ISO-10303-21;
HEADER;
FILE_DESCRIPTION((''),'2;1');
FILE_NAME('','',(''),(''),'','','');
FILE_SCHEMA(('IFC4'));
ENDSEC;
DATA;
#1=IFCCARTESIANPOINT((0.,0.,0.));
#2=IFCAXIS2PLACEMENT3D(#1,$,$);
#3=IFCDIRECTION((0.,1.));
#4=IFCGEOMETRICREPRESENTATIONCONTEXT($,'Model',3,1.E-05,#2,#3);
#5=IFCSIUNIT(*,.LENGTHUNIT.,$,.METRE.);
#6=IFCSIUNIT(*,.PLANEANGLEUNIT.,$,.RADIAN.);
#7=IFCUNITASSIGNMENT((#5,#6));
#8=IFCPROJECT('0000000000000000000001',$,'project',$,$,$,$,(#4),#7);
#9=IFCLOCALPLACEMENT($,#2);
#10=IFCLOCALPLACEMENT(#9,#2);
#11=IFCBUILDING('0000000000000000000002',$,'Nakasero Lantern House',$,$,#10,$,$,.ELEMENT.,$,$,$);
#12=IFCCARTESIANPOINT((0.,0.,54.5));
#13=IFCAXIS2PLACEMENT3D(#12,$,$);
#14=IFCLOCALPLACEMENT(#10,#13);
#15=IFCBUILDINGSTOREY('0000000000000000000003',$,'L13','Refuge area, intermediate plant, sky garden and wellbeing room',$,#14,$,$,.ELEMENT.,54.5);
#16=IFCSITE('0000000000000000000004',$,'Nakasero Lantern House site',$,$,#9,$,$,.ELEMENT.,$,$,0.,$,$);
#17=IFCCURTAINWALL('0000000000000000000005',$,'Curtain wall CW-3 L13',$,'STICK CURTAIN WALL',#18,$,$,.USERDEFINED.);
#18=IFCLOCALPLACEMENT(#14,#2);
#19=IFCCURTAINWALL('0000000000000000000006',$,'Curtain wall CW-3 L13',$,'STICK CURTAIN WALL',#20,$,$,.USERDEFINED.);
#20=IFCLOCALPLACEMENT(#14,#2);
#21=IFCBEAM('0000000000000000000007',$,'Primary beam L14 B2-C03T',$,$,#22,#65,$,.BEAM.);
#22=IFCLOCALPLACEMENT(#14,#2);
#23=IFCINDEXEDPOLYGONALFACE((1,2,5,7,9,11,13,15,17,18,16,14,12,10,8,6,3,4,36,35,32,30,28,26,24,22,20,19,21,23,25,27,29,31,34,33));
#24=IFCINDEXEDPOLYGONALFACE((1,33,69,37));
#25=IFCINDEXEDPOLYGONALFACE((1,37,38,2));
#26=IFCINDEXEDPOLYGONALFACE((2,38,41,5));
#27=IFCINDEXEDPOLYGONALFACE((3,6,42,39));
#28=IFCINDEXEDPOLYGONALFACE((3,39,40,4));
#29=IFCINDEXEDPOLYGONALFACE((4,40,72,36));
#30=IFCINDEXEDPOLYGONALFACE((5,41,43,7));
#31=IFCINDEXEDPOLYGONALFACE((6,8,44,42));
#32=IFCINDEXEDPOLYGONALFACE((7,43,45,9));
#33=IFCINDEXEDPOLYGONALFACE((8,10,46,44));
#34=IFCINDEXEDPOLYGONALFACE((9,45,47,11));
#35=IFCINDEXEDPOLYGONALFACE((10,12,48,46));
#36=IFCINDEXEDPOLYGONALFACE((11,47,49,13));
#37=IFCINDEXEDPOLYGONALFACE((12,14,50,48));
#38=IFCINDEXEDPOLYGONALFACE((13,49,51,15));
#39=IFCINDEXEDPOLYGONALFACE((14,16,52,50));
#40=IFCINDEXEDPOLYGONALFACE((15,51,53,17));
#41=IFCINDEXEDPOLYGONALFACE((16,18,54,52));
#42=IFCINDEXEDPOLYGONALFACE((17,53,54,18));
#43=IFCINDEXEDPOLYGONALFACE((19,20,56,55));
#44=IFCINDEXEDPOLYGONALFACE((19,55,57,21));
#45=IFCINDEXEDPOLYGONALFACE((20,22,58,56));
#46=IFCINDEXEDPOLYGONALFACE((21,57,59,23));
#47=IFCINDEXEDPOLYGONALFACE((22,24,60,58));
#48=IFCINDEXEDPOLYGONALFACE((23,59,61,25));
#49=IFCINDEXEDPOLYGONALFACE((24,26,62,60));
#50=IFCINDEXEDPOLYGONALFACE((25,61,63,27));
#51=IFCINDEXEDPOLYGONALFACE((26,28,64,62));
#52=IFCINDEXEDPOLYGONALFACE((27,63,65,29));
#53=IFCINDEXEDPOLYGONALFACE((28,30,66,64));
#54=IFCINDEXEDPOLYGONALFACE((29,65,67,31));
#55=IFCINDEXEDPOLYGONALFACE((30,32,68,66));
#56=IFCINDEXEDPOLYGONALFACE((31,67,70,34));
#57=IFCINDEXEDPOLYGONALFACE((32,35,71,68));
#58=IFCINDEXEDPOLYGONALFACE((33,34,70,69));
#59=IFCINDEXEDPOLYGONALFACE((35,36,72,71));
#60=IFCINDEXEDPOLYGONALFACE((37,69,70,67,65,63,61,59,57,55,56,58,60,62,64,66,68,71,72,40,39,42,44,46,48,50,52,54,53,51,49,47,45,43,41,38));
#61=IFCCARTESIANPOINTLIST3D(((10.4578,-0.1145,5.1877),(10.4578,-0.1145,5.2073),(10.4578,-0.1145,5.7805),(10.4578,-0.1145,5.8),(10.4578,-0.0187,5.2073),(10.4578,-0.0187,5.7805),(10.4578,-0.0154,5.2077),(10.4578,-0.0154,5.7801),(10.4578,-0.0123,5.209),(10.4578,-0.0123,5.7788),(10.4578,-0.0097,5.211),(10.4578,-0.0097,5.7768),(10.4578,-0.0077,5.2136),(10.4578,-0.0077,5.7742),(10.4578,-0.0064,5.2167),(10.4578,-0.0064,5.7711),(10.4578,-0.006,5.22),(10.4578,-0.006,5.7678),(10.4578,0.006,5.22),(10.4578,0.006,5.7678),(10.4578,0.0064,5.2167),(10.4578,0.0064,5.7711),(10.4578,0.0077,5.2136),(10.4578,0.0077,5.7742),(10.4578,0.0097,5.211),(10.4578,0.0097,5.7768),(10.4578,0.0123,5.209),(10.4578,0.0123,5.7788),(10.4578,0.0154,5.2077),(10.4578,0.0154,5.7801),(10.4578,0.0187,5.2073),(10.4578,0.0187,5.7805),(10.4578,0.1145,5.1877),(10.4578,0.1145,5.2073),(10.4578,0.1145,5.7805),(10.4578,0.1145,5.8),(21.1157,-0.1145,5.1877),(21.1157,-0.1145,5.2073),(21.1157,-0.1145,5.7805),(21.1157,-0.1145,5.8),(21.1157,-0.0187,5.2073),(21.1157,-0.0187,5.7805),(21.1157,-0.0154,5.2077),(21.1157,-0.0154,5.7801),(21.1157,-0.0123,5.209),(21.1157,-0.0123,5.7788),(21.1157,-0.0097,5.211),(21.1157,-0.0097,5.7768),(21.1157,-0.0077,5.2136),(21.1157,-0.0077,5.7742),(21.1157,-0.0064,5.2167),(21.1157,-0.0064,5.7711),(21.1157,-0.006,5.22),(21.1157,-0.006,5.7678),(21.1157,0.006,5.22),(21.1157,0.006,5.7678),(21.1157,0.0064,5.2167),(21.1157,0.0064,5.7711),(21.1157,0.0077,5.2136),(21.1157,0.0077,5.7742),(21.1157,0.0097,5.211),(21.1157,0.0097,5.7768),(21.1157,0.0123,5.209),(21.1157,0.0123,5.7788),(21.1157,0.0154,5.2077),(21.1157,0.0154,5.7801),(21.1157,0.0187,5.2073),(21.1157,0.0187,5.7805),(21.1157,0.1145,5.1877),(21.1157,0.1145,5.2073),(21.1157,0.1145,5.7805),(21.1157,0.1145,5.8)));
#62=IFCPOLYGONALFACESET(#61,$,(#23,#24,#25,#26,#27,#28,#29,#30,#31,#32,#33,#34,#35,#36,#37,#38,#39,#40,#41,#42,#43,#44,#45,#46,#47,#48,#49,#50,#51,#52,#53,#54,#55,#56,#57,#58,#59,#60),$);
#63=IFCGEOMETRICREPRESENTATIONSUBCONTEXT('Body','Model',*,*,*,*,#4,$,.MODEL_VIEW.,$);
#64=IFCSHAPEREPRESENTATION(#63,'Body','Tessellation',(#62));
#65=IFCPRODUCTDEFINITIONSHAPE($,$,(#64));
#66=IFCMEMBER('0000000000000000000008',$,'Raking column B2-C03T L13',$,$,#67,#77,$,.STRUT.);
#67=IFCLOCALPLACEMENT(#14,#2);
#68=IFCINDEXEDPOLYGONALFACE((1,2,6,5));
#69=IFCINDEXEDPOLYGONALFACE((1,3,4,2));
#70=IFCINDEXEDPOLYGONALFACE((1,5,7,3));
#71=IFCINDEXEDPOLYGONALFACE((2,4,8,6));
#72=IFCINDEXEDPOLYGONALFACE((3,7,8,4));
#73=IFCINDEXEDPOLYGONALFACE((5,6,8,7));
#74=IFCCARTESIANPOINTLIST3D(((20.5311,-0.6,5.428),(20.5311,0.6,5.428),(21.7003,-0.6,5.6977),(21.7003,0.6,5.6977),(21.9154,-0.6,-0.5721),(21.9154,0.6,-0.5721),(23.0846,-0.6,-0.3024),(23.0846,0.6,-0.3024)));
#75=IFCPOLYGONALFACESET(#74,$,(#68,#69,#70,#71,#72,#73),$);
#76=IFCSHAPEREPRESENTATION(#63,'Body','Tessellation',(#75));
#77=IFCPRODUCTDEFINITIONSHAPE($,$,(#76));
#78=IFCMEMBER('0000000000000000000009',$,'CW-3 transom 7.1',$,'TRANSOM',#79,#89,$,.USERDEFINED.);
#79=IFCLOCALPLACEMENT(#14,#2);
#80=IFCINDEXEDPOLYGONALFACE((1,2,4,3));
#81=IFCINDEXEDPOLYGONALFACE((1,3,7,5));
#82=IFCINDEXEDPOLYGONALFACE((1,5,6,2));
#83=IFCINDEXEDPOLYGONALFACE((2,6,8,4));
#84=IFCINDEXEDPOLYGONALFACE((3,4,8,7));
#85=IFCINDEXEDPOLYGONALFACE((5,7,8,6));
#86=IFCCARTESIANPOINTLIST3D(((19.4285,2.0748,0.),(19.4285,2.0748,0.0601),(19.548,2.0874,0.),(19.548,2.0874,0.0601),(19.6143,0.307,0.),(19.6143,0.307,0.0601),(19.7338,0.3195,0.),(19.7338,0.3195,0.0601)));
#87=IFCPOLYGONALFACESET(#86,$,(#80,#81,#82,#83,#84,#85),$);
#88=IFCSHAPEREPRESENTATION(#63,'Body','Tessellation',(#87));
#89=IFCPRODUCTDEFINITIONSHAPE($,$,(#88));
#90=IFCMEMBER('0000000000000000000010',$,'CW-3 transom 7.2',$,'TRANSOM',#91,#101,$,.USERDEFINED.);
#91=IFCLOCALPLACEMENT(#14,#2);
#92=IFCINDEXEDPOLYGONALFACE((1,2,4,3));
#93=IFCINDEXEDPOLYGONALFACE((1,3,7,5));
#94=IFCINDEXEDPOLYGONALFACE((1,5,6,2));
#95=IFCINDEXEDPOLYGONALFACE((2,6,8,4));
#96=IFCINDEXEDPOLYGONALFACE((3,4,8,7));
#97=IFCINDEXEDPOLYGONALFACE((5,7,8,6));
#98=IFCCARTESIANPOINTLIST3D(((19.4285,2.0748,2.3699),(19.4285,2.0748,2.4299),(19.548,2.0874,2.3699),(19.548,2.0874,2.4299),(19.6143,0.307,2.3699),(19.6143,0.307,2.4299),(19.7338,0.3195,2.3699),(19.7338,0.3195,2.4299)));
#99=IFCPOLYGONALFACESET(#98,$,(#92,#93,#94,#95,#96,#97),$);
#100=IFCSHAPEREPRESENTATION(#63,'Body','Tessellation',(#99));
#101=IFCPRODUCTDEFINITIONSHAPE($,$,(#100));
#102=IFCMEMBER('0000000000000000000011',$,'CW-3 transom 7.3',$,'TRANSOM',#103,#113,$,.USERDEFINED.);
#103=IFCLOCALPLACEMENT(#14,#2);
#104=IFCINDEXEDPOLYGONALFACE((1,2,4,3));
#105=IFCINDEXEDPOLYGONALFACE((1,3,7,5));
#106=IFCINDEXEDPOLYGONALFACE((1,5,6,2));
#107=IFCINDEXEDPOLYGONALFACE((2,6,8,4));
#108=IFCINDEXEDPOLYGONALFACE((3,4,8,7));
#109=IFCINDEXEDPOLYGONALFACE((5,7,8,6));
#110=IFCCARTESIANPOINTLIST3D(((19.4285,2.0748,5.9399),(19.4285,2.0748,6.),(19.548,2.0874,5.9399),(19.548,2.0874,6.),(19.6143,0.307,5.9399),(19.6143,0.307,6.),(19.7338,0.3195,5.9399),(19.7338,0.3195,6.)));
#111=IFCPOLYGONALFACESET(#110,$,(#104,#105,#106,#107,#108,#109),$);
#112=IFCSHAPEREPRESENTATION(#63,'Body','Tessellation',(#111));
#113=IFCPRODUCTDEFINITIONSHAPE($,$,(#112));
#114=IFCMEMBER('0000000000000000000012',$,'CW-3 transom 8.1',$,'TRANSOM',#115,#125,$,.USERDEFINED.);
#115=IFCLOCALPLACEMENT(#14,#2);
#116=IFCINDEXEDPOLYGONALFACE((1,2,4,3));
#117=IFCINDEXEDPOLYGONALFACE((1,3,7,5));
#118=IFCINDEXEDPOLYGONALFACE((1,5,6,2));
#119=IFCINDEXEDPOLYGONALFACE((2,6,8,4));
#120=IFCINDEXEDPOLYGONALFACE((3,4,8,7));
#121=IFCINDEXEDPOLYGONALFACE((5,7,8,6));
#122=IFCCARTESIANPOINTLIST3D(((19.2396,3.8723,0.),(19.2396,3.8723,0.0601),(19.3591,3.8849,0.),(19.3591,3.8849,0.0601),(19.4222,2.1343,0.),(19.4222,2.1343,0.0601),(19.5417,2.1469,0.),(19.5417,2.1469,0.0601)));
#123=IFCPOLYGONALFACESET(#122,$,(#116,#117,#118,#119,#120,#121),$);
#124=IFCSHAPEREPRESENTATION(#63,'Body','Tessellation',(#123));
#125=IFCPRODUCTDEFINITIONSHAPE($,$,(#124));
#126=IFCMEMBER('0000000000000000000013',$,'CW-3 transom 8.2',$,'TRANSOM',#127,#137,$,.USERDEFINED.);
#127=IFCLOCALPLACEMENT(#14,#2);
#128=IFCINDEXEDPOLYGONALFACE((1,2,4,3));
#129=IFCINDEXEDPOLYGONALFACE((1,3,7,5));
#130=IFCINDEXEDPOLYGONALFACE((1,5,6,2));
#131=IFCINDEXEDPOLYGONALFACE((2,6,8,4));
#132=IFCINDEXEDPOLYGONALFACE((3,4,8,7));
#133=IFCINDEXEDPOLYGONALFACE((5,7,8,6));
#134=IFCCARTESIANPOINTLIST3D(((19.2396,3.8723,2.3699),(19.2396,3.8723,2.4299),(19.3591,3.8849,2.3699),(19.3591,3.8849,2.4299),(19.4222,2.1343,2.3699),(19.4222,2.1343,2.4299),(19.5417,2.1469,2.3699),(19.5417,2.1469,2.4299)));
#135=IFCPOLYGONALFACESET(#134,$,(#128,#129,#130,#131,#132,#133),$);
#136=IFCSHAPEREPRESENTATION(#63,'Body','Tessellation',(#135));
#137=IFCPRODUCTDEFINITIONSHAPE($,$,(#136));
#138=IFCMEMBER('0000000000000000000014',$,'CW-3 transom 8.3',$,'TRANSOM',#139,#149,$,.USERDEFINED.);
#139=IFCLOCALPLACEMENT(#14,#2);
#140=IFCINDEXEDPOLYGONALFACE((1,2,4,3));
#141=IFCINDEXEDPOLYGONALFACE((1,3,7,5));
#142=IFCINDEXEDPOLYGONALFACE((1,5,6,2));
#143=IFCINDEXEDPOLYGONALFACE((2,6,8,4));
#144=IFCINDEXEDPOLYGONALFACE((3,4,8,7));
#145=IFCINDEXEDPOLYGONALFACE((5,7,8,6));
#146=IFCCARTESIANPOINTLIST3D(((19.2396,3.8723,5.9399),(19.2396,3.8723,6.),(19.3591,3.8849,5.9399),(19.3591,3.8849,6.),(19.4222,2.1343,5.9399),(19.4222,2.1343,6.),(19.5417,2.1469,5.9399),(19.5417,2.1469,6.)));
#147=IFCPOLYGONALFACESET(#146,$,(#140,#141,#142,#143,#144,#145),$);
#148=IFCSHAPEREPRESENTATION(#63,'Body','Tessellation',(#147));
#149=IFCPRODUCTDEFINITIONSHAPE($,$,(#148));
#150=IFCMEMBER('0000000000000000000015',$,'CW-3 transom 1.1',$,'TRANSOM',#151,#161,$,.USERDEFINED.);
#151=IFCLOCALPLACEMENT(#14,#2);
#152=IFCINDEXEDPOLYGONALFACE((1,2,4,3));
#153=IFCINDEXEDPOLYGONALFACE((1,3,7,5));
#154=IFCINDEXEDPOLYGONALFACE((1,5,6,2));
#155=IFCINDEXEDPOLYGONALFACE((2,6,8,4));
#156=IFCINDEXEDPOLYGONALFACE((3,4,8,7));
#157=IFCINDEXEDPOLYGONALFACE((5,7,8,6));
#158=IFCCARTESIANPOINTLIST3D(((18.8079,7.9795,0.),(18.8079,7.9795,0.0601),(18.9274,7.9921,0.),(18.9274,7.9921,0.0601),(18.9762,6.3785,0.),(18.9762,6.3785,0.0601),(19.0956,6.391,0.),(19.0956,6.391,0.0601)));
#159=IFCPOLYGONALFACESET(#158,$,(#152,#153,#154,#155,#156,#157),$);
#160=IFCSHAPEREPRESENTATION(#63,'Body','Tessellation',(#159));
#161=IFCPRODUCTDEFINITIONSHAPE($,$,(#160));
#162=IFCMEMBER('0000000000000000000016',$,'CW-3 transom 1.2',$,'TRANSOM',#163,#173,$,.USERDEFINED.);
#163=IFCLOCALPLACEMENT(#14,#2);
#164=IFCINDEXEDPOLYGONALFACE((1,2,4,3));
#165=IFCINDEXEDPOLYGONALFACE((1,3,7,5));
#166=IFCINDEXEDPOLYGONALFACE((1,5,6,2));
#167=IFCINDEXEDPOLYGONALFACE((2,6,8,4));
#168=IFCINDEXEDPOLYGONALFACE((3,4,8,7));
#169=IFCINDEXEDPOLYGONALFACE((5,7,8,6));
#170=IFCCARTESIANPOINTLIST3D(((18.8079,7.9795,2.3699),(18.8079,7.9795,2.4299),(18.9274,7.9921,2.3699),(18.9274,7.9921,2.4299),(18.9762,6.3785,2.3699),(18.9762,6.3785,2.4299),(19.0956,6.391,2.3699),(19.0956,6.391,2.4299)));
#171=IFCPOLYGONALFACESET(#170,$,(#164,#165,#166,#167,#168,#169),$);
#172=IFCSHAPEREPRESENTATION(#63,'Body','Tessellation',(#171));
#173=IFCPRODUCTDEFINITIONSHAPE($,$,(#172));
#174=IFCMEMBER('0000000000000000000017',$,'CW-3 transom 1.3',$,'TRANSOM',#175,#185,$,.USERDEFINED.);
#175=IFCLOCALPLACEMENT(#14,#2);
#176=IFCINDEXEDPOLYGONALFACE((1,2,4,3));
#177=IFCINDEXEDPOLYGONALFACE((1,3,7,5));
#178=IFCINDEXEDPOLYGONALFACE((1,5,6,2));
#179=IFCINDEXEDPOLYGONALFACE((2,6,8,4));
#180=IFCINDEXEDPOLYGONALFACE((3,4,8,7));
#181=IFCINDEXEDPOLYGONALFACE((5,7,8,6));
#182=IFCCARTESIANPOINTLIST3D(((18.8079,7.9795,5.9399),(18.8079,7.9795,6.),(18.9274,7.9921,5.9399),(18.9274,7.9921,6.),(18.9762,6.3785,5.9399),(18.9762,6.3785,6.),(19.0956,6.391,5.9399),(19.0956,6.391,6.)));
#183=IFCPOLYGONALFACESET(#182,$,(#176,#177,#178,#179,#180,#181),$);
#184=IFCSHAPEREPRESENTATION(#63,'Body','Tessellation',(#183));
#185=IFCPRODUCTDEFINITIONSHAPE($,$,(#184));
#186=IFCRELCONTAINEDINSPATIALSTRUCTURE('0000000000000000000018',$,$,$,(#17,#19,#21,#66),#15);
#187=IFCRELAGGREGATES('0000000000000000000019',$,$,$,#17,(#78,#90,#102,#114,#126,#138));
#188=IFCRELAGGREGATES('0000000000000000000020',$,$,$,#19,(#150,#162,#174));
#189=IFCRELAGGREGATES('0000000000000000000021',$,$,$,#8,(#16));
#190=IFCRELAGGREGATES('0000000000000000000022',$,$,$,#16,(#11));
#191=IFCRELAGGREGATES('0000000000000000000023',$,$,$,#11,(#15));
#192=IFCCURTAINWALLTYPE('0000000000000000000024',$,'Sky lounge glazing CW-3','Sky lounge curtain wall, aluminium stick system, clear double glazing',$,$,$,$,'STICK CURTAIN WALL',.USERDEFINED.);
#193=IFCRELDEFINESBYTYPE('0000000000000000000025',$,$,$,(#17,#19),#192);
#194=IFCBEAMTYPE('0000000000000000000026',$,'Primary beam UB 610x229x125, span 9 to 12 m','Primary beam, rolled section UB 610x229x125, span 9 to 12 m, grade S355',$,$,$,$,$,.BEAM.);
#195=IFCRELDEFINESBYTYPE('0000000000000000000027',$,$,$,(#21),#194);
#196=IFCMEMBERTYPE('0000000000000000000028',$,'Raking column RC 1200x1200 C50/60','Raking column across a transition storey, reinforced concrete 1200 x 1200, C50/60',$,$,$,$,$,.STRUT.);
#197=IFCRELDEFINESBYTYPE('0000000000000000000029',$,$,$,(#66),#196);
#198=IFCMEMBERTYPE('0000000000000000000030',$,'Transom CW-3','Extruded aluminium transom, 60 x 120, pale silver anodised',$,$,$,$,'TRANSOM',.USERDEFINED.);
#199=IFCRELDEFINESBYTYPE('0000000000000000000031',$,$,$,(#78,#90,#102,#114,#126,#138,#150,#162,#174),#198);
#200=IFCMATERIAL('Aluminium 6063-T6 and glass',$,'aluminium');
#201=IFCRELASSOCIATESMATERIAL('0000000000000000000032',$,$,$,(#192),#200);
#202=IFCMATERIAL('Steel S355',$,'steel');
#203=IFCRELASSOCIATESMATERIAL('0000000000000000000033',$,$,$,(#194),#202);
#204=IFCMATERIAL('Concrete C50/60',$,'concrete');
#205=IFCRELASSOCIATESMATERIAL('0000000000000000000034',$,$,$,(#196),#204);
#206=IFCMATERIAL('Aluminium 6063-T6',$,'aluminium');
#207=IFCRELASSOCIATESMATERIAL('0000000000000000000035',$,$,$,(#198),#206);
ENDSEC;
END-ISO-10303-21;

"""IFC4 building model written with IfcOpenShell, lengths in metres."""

from ifc_helpers import new_model, si_unit, direction, frame, origin, origin_2d, place, context, subcontext, project, spatial, rectangle, i_section, extrude, material, material_profile, profile_set, type_object, element, aggregate, save


model = new_model("IFC4")

# Units and contexts
model_context = context("Model", 3, precision=1e-05, world=origin(), true_north=direction((0.0, 1.0)))
body_context = subcontext(model_context, "Body", "Model", "MODEL_VIEW")
ifc_project = project(units=[si_unit("LENGTHUNIT", "METRE"), si_unit("PLANEANGLEUNIT", "RADIAN")], contexts=[model_context])

# Site, building, storey
site_placement = place(None, origin())
site = spatial("IfcSite", under=ifc_project, at=site_placement, Name="Nakasero Lantern House site", CompositionType="ELEMENT", RefElevation=0.0)
building_placement = place(site_placement, origin())
building = spatial("IfcBuilding", under=site, at=building_placement, Name="Nakasero Lantern House", CompositionType="ELEMENT")
storey_placement = place(building_placement, frame((0.0, 0.0, 54.5)))
storey = spatial("IfcBuildingStorey", under=building, at=storey_placement, Name="L13", Description="Refuge area, intermediate plant, sky garden and wellbeing room", CompositionType="ELEMENT", Elevation=54.5)

# Curtain wall
ifc_material_1 = material(Name="Aluminium 6063-T6 and glass", Category="aluminium")
curtain_wall_type = type_object("IfcCurtainWallType", Name="Sky lounge glazing CW-3", Description="Sky lounge curtain wall, aluminium stick system, clear double glazing", ElementType="STICK CURTAIN WALL", PredefinedType="USERDEFINED", material=ifc_material_1)
curtain_wall_1_placement = place(storey_placement, origin())
curtain_wall_1 = element("IfcCurtainWall", 1, at=curtain_wall_1_placement, inside=storey, type_object=curtain_wall_type, Name="Curtain wall CW-3 L13", ObjectType="STICK CURTAIN WALL", PredefinedType="USERDEFINED")

# Curtain wall
curtain_wall_2_placement = place(storey_placement, origin())
curtain_wall_2 = element("IfcCurtainWall", 2, at=curtain_wall_2_placement, inside=storey, type_object=curtain_wall_type, Name="Curtain wall CW-3 L13", ObjectType="STICK CURTAIN WALL", PredefinedType="USERDEFINED")

# Beam
ifc_material_2 = material(Name="Steel S355", Category="steel")
ifc_material_profile_1 = material_profile(ifc_material_2, i_section(OverallWidth=0.229, OverallDepth=0.6123, WebThickness=0.012, FlangeThickness=0.0195, FilletRadius=0.0127, at=origin_2d()), Name="UB 610x229x125")
ifc_profile_set_1 = profile_set([ifc_material_profile_1], Name="Steel S355")
beam_type = type_object("IfcBeamType", Name="Primary beam UB 610x229x125, span 9 to 12 m", Description="Primary beam, rolled section UB 610x229x125, span 9 to 12 m, grade S355", PredefinedType="BEAM", material=ifc_profile_set_1)
beam_placement = place(storey_placement, frame((21.1157, 0.0, 5.4939), z_axis=(-1.0, 0.0, 0.0), x_axis=(0.0, -1.0, 0.0)))
element("IfcBeam", 3, at=beam_placement, inside=storey, type_object=beam_type, Name="Primary beam L14 B2-C03T", PredefinedType="BEAM", context=body_context, shape_type="SweptSolid", body=[
    extrude(i_section(OverallWidth=0.229, OverallDepth=0.6123, WebThickness=0.012, FlangeThickness=0.0195, FilletRadius=0.0127, at=origin_2d()), origin(), (0.0, 0.0, 1.0), 10.658),
])

# Members
ifc_material_3 = material(Name="Concrete C50/60", Category="concrete")
ifc_material_profile_2 = material_profile(ifc_material_3, rectangle(XDim=1.2, YDim=1.2, at=origin_2d()), Name="RC 1200x1200")
ifc_profile_set_2 = profile_set([ifc_material_profile_2], Name="Concrete C50/60")
member_type_1 = type_object("IfcMemberType", Name="Raking column RC 1200x1200 C50/60", Description="Raking column across a transition storey, reinforced concrete 1200 x 1200, C50/60", PredefinedType="STRUT", material=ifc_profile_set_2)
member_1_placement = place(storey_placement, frame((22.5, 0.0, -0.4373), z_axis=(-0.224807, 0.0, 0.974403), x_axis=(0.0, -1.0, 0.0)))
element("IfcMember", 4, at=member_1_placement, inside=storey, type_object=member_type_1, Name="Raking column B2-C03T L13", PredefinedType="STRUT", context=body_context, shape_type="SweptSolid", body=[
    extrude(rectangle(XDim=1.2, YDim=1.2, at=origin_2d()), origin(), (0.0, 0.0, 1.0), 6.1577),
])
ifc_material_4 = material(Name="Aluminium 6063-T6", Category="aluminium")
ifc_material_profile_3 = material_profile(ifc_material_4, rectangle(XDim=0.0601, YDim=0.1201, at=origin_2d()), Name="CW-3 transom 60x120")
ifc_profile_set_3 = profile_set([ifc_material_profile_3], Name="Aluminium 6063-T6")
member_type_2 = type_object("IfcMemberType", Name="Transom CW-3", Description="Extruded aluminium transom, 60 x 120, pale silver anodised", ElementType="TRANSOM", PredefinedType="USERDEFINED", material=ifc_profile_set_3)
member_2_placement = place(storey_placement, frame((19.6741, 0.3132, 0.03), z_axis=(-0.10452, 0.994523, 0.0), x_axis=(0.0, 0.0, 1.0)))
member_2 = element("IfcMember", 5, at=member_2_placement, type_object=member_type_2, Name="CW-3 transom 7.1", ObjectType="TRANSOM", PredefinedType="USERDEFINED", context=body_context, shape_type="SweptSolid", body=[
    extrude(rectangle(XDim=0.0601, YDim=0.1201, at=origin_2d()), origin(), (0.0, 0.0, 1.0), 1.7776),
])
member_3_placement = place(storey_placement, frame((19.6741, 0.3132, 2.3999), z_axis=(-0.10452, 0.994523, 0.0), x_axis=(0.0, 0.0, 1.0)))
member_3 = element("IfcMember", 6, at=member_3_placement, type_object=member_type_2, Name="CW-3 transom 7.2", ObjectType="TRANSOM", PredefinedType="USERDEFINED", context=body_context, shape_type="SweptSolid", body=[
    extrude(rectangle(XDim=0.0601, YDim=0.1201, at=origin_2d()), origin(), (0.0, 0.0, 1.0), 1.7776),
])
member_4_placement = place(storey_placement, frame((19.6741, 0.3132, 5.97), z_axis=(-0.10452, 0.994523, 0.0), x_axis=(0.0, 0.0, 1.0)))
member_4 = element("IfcMember", 7, at=member_4_placement, type_object=member_type_2, Name="CW-3 transom 7.3", ObjectType="TRANSOM", PredefinedType="USERDEFINED", context=body_context, shape_type="SweptSolid", body=[
    extrude(rectangle(XDim=0.0601, YDim=0.1201, at=origin_2d()), origin(), (0.0, 0.0, 1.0), 1.7776),
])
member_5_placement = place(storey_placement, frame((19.4819, 2.1406, 0.03), z_axis=(-0.104496, 0.994525, 0.0), x_axis=(0.0, 0.0, 1.0)))
member_5 = element("IfcMember", 8, at=member_5_placement, type_object=member_type_2, Name="CW-3 transom 8.1", ObjectType="TRANSOM", PredefinedType="USERDEFINED", context=body_context, shape_type="SweptSolid", body=[
    extrude(rectangle(XDim=0.0601, YDim=0.1201, at=origin_2d()), origin(), (0.0, 0.0, 1.0), 1.7476),
])
member_6_placement = place(storey_placement, frame((19.4819, 2.1406, 2.3999), z_axis=(-0.104496, 0.994525, 0.0), x_axis=(0.0, 0.0, 1.0)))
member_6 = element("IfcMember", 9, at=member_6_placement, type_object=member_type_2, Name="CW-3 transom 8.2", ObjectType="TRANSOM", PredefinedType="USERDEFINED", context=body_context, shape_type="SweptSolid", body=[
    extrude(rectangle(XDim=0.0601, YDim=0.1201, at=origin_2d()), origin(), (0.0, 0.0, 1.0), 1.7476),
])
member_7_placement = place(storey_placement, frame((19.4819, 2.1406, 5.97), z_axis=(-0.104496, 0.994525, 0.0), x_axis=(0.0, 0.0, 1.0)))
member_7 = element("IfcMember", 10, at=member_7_placement, type_object=member_type_2, Name="CW-3 transom 8.3", ObjectType="TRANSOM", PredefinedType="USERDEFINED", context=body_context, shape_type="SweptSolid", body=[
    extrude(rectangle(XDim=0.0601, YDim=0.1201, at=origin_2d()), origin(), (0.0, 0.0, 1.0), 1.7476),
])
member_8_placement = place(storey_placement, frame((19.0359, 6.3848, 0.03), z_axis=(-0.104487, 0.994526, 0.0), x_axis=(0.0, 0.0, 1.0)))
member_8 = element("IfcMember", 11, at=member_8_placement, type_object=member_type_2, Name="CW-3 transom 1.1", ObjectType="TRANSOM", PredefinedType="USERDEFINED", context=body_context, shape_type="SweptSolid", body=[
    extrude(rectangle(XDim=0.0601, YDim=0.1201, at=origin_2d()), origin(), (0.0, 0.0, 1.0), 1.6099),
])
member_9_placement = place(storey_placement, frame((19.0359, 6.3848, 2.3999), z_axis=(-0.104487, 0.994526, 0.0), x_axis=(0.0, 0.0, 1.0)))
member_9 = element("IfcMember", 12, at=member_9_placement, type_object=member_type_2, Name="CW-3 transom 1.2", ObjectType="TRANSOM", PredefinedType="USERDEFINED", context=body_context, shape_type="SweptSolid", body=[
    extrude(rectangle(XDim=0.0601, YDim=0.1201, at=origin_2d()), origin(), (0.0, 0.0, 1.0), 1.6099),
])
member_10_placement = place(storey_placement, frame((19.0359, 6.3848, 5.97), z_axis=(-0.104487, 0.994526, 0.0), x_axis=(0.0, 0.0, 1.0)))
member_10 = element("IfcMember", 13, at=member_10_placement, type_object=member_type_2, Name="CW-3 transom 1.3", ObjectType="TRANSOM", PredefinedType="USERDEFINED", context=body_context, shape_type="SweptSolid", body=[
    extrude(rectangle(XDim=0.0601, YDim=0.1201, at=origin_2d()), origin(), (0.0, 0.0, 1.0), 1.6099),
])

aggregate(curtain_wall_1, [member_2, member_3, member_4, member_5, member_6, member_7])
aggregate(curtain_wall_2, [member_8, member_9, member_10])

save(model, "model.ifc")
